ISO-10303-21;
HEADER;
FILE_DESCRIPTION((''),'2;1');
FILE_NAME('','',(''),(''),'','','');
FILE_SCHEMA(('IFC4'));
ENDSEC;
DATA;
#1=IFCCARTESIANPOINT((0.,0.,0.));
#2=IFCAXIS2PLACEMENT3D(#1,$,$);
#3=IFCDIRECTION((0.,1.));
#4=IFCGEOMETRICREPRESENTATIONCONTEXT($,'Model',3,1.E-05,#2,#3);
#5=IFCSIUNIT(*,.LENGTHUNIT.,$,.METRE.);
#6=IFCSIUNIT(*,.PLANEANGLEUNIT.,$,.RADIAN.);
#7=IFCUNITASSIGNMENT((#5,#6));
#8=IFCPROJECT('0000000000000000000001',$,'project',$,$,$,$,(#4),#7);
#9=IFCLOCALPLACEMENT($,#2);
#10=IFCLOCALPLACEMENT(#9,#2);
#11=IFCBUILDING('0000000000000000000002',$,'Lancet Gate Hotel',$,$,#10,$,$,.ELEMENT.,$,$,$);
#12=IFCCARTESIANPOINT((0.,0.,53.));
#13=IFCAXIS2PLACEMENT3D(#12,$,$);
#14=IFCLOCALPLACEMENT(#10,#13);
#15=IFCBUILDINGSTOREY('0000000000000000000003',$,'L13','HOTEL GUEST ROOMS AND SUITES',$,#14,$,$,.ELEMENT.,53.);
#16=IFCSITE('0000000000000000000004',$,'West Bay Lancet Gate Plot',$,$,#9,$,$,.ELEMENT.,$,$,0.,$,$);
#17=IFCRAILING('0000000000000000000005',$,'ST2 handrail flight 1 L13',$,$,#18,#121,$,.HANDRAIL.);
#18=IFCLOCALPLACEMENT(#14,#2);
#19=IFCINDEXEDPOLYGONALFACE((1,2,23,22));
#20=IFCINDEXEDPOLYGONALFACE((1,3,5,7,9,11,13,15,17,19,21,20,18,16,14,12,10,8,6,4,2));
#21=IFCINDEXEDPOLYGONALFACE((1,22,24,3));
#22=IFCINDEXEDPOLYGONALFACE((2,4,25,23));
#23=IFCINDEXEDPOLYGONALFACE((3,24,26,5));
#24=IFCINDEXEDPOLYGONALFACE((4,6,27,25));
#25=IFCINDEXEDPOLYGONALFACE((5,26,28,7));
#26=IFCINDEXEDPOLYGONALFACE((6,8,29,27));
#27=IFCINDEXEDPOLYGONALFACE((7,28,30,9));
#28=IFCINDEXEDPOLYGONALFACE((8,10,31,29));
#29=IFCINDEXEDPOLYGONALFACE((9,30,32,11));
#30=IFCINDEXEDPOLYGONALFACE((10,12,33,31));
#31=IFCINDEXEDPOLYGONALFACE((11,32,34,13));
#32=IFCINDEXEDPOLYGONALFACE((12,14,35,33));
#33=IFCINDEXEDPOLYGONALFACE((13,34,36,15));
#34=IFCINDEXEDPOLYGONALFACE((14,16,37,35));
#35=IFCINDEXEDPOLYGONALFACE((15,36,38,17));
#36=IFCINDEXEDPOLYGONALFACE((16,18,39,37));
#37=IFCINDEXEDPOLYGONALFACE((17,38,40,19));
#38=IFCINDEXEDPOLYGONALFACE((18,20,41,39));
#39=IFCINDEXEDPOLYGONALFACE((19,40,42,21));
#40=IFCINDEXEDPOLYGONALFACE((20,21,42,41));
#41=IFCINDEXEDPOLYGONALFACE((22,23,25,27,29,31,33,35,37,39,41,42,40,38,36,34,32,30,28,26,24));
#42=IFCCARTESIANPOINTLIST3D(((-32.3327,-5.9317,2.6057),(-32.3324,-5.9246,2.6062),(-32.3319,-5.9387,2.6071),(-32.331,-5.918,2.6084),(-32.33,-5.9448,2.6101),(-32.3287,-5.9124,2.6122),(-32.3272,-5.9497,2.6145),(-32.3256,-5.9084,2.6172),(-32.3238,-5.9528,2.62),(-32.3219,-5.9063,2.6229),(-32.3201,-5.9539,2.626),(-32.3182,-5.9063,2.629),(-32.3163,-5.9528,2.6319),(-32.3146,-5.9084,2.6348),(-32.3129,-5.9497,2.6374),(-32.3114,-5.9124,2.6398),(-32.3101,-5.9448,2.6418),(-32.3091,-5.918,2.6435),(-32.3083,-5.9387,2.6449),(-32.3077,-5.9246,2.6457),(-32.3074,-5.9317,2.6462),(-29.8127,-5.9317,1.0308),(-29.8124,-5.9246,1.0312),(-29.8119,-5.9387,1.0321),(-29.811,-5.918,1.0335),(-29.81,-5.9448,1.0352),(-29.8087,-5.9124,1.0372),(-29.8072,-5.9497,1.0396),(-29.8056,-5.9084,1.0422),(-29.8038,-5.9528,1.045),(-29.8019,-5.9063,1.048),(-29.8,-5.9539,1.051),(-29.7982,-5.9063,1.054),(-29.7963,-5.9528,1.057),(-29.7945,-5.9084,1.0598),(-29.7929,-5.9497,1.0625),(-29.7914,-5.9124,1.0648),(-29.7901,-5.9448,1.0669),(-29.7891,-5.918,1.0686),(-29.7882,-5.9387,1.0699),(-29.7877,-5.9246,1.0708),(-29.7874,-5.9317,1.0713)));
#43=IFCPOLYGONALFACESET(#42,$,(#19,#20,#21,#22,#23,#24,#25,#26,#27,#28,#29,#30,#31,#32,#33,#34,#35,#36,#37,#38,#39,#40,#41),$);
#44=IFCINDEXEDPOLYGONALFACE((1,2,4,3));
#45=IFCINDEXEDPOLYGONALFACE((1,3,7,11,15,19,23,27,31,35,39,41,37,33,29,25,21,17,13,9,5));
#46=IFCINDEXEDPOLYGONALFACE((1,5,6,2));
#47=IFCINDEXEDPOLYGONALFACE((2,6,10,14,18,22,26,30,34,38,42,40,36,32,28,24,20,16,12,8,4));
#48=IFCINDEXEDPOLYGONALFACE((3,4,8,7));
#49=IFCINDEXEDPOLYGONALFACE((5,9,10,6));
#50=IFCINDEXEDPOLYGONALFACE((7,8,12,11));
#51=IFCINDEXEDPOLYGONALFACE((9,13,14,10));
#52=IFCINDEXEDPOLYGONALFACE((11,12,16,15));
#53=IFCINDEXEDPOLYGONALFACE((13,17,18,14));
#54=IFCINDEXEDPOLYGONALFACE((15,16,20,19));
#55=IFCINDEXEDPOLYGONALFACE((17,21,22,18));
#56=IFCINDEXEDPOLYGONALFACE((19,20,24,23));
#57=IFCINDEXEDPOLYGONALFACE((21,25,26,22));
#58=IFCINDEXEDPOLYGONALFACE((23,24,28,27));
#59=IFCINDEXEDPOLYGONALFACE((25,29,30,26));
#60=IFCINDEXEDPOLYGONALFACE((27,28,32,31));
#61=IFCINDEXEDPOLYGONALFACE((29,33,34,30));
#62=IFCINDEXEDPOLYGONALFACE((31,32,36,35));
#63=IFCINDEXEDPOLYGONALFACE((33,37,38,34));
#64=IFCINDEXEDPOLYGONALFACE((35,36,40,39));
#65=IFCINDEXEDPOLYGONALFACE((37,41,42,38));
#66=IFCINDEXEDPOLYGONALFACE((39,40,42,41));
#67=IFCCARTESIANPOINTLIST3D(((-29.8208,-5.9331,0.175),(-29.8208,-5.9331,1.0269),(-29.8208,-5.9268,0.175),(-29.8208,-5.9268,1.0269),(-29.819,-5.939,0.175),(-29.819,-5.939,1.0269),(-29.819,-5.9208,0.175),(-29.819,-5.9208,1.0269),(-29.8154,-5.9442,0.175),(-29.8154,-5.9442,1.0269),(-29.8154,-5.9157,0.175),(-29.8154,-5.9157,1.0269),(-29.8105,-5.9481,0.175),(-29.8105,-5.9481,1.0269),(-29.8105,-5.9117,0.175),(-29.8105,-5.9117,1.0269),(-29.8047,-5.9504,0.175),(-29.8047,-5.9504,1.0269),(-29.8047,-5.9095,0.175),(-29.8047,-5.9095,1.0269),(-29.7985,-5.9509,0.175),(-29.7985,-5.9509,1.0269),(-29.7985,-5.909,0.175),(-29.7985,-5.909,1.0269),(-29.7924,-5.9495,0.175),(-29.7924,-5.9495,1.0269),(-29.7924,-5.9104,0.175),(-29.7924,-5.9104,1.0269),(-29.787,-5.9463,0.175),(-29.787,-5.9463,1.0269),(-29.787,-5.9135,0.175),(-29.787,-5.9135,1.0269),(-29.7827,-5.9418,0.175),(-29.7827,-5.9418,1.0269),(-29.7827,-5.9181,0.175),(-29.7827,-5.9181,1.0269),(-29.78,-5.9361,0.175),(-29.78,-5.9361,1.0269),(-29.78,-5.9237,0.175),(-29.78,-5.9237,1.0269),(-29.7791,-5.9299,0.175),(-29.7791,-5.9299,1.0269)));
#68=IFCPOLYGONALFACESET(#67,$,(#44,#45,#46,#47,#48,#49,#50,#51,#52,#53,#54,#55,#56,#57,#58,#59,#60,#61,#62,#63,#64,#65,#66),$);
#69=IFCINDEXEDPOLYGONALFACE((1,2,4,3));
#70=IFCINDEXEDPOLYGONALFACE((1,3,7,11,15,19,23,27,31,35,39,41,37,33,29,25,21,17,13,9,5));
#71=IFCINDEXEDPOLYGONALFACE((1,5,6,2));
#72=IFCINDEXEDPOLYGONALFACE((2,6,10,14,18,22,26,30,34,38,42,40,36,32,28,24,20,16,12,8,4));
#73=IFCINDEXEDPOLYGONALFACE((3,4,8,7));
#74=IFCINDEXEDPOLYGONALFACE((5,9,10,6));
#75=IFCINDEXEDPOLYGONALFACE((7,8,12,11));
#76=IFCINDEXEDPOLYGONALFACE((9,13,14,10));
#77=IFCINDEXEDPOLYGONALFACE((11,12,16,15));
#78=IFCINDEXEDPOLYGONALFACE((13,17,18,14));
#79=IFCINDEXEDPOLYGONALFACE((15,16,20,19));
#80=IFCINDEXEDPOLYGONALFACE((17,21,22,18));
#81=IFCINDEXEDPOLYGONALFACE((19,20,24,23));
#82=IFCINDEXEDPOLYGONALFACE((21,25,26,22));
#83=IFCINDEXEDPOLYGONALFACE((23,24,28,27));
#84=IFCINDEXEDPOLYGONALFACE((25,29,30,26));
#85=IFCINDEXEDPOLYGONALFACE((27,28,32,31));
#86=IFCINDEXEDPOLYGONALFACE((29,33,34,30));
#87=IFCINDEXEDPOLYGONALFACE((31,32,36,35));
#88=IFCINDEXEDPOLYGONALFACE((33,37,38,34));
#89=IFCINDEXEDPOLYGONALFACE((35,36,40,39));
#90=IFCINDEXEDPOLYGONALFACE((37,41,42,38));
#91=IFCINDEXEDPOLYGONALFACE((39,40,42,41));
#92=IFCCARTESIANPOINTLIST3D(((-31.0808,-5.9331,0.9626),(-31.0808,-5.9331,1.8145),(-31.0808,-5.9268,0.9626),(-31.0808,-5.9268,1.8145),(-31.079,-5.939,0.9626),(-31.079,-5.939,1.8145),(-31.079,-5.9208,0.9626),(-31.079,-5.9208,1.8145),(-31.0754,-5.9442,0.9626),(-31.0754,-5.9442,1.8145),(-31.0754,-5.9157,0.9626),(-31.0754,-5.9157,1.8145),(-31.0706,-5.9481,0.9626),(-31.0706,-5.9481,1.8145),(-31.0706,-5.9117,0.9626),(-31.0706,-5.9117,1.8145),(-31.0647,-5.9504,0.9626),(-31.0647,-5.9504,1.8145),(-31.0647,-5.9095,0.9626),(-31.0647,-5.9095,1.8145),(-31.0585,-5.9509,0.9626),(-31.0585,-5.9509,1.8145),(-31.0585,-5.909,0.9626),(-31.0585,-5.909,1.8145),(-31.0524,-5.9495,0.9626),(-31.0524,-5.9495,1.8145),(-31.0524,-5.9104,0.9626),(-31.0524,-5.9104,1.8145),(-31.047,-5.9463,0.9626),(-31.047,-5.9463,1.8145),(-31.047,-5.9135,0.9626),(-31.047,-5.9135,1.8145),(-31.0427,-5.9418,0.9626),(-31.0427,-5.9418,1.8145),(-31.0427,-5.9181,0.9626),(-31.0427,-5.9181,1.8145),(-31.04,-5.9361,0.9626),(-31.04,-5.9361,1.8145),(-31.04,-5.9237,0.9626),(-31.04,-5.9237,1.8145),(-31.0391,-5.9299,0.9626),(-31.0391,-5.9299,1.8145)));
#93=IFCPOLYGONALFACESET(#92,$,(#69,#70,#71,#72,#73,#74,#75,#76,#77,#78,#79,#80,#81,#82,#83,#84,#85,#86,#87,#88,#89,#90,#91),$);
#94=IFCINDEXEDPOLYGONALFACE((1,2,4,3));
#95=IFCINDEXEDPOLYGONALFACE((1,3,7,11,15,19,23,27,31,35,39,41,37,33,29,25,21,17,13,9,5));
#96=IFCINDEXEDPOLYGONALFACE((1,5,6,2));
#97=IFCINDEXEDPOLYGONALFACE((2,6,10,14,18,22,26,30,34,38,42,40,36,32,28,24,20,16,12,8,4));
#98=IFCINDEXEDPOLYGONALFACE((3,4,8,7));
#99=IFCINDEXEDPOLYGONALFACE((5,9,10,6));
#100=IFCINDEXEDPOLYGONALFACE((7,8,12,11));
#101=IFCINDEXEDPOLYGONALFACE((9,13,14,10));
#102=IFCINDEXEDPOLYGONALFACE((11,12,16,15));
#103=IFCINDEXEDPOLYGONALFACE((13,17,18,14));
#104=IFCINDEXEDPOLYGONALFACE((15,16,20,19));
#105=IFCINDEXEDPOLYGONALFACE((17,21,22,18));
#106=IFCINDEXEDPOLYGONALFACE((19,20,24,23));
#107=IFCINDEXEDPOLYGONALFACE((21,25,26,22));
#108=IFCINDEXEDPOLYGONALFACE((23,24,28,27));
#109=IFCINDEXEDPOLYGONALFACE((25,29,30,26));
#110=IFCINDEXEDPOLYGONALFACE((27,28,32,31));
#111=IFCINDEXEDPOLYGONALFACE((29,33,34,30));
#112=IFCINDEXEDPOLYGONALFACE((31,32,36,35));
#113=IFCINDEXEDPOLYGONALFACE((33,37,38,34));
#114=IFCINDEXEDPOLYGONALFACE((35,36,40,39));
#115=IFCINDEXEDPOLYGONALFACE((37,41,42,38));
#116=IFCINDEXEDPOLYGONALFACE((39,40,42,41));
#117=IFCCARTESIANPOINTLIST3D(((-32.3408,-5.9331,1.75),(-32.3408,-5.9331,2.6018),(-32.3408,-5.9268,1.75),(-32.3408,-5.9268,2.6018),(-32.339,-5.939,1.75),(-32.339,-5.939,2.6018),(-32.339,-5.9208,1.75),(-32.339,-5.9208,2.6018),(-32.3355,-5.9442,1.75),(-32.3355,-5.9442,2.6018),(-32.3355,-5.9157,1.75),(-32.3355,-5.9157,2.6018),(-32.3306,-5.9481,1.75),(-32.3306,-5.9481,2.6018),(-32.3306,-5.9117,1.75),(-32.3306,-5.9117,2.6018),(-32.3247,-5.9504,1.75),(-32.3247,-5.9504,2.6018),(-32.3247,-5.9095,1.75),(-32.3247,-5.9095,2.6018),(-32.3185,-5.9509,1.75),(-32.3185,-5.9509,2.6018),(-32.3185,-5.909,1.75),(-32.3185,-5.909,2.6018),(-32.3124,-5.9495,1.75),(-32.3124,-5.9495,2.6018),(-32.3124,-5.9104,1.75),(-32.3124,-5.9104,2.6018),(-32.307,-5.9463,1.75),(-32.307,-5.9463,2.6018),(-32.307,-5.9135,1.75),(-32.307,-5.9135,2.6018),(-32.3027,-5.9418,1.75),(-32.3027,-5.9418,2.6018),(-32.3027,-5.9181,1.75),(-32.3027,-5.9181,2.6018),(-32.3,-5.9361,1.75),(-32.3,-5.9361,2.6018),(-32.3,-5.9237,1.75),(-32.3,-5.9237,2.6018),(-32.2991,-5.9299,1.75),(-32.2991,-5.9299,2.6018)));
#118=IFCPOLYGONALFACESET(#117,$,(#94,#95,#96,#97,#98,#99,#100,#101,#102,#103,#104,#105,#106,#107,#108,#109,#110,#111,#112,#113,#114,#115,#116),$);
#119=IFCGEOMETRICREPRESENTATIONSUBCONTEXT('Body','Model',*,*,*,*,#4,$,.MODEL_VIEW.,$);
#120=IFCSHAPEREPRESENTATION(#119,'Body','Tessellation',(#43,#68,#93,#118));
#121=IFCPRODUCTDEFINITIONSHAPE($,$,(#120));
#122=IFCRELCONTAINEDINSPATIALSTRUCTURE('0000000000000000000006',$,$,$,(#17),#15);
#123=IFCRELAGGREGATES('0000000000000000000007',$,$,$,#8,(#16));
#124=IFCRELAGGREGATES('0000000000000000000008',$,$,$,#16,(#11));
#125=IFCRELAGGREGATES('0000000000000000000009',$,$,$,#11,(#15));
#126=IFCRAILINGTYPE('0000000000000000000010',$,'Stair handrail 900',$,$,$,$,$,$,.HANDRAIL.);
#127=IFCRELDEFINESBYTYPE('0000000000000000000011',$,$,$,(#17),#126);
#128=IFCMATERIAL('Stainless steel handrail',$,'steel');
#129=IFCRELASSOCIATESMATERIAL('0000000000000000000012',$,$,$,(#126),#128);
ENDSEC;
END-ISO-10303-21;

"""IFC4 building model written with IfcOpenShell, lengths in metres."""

from ifc_helpers import new_model, si_unit, direction, frame, origin, origin_2d, place, context, subcontext, project, spatial, circle, extrude, material, type_object, element, save


model = new_model("IFC4")

# Units and contexts
model_context = context("Model", 3, precision=1e-05, world=origin(), true_north=direction((0.0, 1.0)))
body_context = subcontext(model_context, "Body", "Model", "MODEL_VIEW")
ifc_project = project(units=[si_unit("LENGTHUNIT", "METRE"), si_unit("PLANEANGLEUNIT", "RADIAN")], contexts=[model_context])

# Site, building, storey
site_placement = place(None, origin())
site = spatial("IfcSite", under=ifc_project, at=site_placement, Name="West Bay Lancet Gate Plot", CompositionType="ELEMENT", RefElevation=0.0)
building_placement = place(site_placement, origin())
building = spatial("IfcBuilding", under=site, at=building_placement, Name="Lancet Gate Hotel", CompositionType="ELEMENT")
storey_placement = place(building_placement, frame((0.0, 0.0, 53.0)))
storey = spatial("IfcBuildingStorey", under=building, at=storey_placement, Name="L13", Description="HOTEL GUEST ROOMS AND SUITES", CompositionType="ELEMENT", Elevation=53.0)

# Railing
ifc_material_1 = material(Name="Stainless steel handrail", Category="steel")
railing_type = type_object("IfcRailingType", Name="Stair handrail 900", PredefinedType="HANDRAIL", material=ifc_material_1)
railing_1_placement = place(storey_placement, frame((-29.8, -5.9299, 0.175)))
element("IfcRailing", 1, at=railing_1_placement, inside=storey, type_object=railing_type, Name="ST2 handrail flight 1 L13", PredefinedType="HANDRAIL", context=body_context, shape_type="SweptSolid", body=[
    extrude(circle(Radius=0.0239, at=origin_2d()), frame((0.0, 0.0, 0.876), z_axis=(-0.848008, 0.0, 0.529984), x_axis=(0.0, -1.0, 0.0)), (0.0, 0.0, 1.0), 2.9717),
    extrude(circle(Radius=0.021, at=origin_2d()), origin(), (0.0, 0.0, 1.0), 0.8518),
    extrude(circle(Radius=0.021, at=origin_2d()), frame((-1.26, 0.0, 0.7876)), (0.0, 0.0, 1.0), 0.8518),
    extrude(circle(Radius=0.021, at=origin_2d()), frame((-2.52, 0.0, 1.575)), (0.0, 0.0, 1.0), 0.8518),
])

save(model, "model.ifc")
